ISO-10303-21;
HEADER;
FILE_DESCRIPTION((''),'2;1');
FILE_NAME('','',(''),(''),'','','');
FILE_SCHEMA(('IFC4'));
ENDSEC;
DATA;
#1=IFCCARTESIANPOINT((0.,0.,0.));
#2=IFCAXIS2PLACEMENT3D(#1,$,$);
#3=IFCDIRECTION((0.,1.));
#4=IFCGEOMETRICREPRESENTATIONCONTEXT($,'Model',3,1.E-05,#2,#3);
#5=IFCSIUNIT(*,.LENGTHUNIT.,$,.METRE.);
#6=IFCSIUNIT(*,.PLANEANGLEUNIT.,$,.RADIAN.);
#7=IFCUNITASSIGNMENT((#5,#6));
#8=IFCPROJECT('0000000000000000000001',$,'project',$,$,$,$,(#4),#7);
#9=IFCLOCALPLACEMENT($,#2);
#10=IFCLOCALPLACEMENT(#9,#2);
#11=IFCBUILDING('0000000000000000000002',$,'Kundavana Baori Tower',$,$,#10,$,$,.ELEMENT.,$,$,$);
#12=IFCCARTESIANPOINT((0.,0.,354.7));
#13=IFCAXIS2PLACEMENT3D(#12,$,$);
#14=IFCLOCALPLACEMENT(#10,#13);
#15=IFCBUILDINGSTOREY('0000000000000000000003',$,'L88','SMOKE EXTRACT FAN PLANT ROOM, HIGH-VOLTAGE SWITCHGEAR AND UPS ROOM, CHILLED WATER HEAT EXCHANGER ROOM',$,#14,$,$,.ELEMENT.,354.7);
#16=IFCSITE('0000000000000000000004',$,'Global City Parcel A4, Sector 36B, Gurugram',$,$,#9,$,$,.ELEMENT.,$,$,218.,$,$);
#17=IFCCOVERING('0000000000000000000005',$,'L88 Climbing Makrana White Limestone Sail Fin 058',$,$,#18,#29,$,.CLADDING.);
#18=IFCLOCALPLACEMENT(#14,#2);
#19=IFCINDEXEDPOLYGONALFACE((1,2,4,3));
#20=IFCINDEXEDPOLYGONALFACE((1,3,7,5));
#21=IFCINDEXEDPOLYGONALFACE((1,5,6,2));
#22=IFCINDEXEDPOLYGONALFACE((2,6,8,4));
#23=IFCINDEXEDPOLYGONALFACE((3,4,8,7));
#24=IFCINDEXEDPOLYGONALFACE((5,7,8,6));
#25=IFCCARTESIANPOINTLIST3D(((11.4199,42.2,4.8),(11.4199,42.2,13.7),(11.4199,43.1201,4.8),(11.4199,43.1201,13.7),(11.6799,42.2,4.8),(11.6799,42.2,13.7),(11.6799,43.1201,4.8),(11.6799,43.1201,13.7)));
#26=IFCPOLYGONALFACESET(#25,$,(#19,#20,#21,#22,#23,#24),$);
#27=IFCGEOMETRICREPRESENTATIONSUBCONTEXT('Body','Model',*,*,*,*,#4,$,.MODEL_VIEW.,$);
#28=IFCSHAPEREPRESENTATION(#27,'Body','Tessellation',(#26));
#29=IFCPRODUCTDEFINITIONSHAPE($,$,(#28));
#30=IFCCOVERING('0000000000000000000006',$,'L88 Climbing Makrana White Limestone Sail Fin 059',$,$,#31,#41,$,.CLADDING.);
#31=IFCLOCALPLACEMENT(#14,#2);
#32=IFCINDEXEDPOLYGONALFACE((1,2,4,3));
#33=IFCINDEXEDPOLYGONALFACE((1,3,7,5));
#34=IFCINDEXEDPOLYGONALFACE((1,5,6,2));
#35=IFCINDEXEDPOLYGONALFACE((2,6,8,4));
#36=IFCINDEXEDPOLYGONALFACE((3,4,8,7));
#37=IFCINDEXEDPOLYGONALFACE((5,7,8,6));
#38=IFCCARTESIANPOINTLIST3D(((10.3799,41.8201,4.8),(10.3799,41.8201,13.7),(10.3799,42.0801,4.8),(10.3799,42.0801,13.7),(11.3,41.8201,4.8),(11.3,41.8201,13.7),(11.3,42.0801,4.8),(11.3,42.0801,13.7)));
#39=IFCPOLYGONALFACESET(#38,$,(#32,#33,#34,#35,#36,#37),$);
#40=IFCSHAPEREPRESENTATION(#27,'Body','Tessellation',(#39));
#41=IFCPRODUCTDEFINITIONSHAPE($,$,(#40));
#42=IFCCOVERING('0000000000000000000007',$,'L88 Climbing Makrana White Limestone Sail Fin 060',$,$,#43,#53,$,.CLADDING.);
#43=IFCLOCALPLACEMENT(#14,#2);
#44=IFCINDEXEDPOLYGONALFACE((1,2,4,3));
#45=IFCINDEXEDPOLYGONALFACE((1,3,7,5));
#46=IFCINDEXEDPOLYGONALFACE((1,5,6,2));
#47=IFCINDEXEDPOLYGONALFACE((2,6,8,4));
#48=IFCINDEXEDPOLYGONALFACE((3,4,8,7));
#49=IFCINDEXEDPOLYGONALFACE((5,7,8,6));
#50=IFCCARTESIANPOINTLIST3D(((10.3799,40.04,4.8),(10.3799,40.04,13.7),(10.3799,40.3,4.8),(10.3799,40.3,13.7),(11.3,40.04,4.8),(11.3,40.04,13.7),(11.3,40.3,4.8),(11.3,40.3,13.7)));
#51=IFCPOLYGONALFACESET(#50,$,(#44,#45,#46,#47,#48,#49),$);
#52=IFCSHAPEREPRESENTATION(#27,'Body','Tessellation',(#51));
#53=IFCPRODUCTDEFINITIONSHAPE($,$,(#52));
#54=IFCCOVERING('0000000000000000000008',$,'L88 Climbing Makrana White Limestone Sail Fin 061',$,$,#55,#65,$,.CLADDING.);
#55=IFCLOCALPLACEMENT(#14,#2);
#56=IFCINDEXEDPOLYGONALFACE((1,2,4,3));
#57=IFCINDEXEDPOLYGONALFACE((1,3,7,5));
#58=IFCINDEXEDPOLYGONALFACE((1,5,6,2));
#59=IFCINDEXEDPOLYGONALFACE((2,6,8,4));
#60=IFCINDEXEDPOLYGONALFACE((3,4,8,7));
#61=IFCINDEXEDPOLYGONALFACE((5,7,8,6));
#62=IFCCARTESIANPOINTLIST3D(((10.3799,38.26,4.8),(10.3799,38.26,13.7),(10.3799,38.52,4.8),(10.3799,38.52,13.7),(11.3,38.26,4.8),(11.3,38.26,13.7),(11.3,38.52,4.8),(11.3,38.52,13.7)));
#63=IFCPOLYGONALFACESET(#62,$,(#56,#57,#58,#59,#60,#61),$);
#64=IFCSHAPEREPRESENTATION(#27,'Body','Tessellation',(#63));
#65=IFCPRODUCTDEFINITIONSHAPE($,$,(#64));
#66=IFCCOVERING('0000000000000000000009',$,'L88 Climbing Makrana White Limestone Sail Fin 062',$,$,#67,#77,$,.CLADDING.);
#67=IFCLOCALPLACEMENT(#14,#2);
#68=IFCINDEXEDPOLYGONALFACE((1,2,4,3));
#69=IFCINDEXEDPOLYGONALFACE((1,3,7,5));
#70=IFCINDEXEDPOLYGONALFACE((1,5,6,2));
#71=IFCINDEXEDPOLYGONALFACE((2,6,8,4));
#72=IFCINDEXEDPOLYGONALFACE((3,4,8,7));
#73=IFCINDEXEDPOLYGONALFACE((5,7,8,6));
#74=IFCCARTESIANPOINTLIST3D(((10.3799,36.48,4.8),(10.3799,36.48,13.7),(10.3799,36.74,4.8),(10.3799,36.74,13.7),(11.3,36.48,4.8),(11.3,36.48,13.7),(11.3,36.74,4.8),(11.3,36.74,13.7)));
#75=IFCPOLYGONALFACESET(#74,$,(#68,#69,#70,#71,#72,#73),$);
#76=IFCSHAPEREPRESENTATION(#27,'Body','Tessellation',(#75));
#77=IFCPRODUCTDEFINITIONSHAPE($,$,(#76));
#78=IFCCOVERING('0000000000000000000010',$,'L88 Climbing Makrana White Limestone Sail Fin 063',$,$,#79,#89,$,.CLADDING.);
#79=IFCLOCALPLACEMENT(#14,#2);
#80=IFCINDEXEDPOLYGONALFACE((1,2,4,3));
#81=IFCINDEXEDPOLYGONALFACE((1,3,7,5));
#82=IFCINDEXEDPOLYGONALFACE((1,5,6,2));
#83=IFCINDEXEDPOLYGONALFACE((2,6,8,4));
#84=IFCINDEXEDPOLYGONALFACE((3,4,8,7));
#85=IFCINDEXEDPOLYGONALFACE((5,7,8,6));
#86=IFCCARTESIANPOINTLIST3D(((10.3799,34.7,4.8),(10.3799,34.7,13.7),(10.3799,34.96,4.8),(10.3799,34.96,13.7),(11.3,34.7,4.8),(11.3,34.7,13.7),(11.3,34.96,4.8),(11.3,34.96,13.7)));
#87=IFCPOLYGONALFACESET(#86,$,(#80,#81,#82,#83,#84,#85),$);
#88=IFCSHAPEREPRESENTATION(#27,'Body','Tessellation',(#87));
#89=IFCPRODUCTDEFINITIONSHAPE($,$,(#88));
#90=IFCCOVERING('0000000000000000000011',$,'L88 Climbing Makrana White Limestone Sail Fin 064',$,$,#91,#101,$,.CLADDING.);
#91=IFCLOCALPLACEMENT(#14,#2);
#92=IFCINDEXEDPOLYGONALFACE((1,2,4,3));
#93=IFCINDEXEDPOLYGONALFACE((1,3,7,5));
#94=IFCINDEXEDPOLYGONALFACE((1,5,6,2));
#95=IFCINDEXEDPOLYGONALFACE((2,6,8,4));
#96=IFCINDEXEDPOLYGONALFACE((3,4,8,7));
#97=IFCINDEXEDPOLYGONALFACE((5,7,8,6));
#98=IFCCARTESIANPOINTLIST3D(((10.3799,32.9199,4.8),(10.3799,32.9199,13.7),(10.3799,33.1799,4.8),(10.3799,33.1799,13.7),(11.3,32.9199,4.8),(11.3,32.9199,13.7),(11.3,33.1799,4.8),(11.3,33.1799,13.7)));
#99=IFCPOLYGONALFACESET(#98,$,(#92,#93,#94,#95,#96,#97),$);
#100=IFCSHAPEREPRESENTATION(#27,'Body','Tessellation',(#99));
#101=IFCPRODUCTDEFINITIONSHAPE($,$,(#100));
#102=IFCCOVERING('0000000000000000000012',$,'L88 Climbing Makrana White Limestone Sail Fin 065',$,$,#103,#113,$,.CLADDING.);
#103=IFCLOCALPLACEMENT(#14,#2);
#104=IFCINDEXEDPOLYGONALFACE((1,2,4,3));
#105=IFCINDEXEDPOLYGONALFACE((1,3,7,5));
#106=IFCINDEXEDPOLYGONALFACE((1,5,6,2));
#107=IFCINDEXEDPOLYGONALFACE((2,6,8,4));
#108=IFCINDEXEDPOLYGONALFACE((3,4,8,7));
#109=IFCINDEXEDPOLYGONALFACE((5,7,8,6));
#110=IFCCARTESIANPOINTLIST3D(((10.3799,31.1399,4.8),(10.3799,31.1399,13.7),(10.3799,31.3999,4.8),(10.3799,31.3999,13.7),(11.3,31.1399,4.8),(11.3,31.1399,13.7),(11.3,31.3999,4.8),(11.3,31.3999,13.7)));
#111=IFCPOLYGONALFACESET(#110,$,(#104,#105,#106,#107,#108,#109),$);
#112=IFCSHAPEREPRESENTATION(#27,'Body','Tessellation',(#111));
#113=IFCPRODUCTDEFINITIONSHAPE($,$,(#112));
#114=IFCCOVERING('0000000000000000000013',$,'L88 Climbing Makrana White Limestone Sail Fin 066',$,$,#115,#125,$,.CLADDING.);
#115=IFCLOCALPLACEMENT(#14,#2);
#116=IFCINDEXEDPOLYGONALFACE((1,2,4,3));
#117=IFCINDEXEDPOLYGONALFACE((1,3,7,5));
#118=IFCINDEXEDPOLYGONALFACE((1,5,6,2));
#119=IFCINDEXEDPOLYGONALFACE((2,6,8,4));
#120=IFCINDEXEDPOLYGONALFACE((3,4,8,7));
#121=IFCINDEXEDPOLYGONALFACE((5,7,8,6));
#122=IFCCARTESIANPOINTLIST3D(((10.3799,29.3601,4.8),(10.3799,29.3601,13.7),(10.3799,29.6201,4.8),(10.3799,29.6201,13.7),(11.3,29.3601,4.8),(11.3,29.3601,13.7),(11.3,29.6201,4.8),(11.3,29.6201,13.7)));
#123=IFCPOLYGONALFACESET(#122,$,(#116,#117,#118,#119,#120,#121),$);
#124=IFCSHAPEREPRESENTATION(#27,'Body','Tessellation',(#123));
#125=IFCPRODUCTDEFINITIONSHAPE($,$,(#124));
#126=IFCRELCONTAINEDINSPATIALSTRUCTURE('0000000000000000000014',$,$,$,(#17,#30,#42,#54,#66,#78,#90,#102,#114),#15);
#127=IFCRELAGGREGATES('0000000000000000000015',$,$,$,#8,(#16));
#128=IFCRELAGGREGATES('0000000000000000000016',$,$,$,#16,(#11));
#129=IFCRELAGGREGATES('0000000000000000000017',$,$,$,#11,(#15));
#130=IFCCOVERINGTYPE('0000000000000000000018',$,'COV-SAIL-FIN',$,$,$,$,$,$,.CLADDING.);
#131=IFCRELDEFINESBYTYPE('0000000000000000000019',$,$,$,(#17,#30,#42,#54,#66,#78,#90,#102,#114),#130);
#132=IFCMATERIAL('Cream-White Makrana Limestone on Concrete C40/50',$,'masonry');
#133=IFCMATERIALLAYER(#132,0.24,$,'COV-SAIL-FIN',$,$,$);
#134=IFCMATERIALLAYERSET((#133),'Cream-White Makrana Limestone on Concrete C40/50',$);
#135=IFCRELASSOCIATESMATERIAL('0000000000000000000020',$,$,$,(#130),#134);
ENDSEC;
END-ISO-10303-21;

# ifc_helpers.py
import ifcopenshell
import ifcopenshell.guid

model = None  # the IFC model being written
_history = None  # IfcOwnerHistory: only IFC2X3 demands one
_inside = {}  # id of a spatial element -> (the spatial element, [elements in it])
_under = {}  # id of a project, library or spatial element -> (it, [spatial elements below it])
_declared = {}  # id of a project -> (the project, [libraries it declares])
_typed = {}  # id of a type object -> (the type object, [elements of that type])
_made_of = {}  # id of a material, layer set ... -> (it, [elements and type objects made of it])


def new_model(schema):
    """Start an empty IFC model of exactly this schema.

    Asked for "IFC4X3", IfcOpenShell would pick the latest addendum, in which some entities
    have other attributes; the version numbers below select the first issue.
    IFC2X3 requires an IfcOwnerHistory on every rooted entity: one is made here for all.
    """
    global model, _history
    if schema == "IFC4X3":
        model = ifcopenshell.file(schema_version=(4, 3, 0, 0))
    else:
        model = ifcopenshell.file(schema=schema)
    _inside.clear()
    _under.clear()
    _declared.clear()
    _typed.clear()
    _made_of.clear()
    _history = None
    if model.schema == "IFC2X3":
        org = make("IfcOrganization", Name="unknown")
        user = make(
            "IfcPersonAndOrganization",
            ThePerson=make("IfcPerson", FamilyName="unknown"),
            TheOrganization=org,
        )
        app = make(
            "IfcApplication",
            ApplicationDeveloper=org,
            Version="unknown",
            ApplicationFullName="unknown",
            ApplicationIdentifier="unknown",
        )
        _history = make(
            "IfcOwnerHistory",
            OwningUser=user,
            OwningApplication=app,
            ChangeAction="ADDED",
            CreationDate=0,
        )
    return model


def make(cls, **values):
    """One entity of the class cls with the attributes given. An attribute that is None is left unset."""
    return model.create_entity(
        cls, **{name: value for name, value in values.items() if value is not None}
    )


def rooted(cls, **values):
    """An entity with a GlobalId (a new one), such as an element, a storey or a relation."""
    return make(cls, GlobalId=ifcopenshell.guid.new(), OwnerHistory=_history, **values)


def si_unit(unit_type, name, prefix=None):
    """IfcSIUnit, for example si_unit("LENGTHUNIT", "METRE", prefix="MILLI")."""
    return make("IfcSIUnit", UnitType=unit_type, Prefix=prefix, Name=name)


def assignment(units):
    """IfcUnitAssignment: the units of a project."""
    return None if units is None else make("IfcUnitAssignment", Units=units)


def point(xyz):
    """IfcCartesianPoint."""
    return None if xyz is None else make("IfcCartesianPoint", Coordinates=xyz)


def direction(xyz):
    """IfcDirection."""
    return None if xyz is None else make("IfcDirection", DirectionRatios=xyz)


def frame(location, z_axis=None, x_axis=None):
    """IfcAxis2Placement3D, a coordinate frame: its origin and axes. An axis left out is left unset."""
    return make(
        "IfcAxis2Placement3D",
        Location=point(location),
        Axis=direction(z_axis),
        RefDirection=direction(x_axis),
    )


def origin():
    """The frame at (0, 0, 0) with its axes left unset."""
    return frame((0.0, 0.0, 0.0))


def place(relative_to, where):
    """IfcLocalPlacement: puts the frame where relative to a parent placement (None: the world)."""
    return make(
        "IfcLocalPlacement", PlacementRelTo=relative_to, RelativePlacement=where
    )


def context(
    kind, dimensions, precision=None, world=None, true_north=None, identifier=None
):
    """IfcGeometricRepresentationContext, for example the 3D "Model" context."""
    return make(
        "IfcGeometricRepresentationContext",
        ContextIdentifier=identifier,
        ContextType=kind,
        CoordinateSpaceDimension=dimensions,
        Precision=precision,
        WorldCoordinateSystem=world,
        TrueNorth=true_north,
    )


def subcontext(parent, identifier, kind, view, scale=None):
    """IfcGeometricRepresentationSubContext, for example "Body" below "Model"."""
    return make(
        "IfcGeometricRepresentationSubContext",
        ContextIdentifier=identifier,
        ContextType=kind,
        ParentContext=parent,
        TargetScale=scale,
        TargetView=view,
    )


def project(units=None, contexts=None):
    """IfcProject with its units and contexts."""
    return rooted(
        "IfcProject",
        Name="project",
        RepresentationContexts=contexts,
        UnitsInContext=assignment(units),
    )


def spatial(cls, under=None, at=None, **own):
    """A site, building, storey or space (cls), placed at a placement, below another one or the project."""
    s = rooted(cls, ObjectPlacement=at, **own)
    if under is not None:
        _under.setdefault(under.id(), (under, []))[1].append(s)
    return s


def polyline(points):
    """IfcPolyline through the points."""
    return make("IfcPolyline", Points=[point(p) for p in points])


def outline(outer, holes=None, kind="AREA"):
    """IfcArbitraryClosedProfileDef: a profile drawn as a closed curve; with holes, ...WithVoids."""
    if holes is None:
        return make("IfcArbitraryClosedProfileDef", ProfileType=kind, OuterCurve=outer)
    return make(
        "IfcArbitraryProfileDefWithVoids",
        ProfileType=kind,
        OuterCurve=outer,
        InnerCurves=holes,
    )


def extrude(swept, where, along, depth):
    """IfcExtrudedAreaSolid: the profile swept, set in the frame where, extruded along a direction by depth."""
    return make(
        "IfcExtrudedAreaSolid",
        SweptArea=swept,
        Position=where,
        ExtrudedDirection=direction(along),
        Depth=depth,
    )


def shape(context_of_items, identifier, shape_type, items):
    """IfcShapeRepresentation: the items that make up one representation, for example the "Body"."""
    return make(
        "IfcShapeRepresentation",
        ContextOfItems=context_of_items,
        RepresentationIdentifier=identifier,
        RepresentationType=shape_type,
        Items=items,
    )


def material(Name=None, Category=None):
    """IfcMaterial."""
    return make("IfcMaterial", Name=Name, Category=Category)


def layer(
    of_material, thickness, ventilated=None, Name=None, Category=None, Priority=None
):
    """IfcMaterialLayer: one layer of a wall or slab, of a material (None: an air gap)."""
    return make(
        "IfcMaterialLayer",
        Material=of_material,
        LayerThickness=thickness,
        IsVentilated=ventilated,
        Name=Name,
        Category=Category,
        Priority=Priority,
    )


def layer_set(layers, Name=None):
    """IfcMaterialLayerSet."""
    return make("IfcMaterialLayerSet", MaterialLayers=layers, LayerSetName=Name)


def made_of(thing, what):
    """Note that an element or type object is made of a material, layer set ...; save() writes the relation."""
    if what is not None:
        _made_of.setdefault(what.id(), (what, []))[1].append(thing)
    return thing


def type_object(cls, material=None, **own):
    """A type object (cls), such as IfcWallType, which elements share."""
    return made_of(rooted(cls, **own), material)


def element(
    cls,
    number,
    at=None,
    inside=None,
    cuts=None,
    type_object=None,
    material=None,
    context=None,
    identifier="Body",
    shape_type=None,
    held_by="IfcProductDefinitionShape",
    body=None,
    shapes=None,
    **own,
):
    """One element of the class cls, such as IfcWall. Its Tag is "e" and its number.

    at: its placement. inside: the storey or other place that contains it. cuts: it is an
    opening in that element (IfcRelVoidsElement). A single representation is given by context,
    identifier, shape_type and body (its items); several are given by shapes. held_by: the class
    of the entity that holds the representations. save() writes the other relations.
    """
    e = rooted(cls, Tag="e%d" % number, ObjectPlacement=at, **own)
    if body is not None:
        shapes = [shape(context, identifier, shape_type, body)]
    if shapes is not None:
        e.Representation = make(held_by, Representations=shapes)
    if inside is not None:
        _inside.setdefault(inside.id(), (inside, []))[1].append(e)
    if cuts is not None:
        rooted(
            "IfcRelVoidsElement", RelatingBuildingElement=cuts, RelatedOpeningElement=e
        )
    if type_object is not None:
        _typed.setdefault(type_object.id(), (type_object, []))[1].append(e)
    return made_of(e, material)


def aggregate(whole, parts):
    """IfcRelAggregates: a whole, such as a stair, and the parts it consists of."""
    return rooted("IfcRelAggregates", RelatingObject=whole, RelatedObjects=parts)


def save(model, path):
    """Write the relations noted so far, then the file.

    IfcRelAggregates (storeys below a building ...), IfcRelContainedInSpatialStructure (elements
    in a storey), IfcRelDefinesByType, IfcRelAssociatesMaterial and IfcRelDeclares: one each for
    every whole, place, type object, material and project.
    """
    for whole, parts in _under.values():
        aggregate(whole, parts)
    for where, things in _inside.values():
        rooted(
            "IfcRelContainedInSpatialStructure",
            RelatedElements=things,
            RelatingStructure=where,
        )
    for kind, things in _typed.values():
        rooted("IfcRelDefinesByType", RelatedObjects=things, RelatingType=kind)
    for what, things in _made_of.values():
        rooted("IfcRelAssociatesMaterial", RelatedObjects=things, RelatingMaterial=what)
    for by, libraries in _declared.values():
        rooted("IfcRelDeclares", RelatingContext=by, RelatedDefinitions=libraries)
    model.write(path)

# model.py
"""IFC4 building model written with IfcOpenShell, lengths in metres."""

from ifc_helpers import new_model, si_unit, direction, frame, origin, place, context, subcontext, project, spatial, polyline, outline, extrude, material, layer, layer_set, type_object, element, save


model = new_model("IFC4")

# Units and contexts
model_context = context("Model", 3, precision=1e-05, world=origin(), true_north=direction((0.0, 1.0)))
body_context = subcontext(model_context, "Body", "Model", "MODEL_VIEW")
ifc_project = project(units=[si_unit("LENGTHUNIT", "METRE"), si_unit("PLANEANGLEUNIT", "RADIAN")], contexts=[model_context])

# Site, building, storey
site_placement = place(None, origin())
site = spatial("IfcSite", under=ifc_project, at=site_placement, Name="Global City Parcel A4, Sector 36B, Gurugram", CompositionType="ELEMENT", RefElevation=218.0)
building_placement = place(site_placement, origin())
building = spatial("IfcBuilding", under=site, at=building_placement, Name="Kundavana Baori Tower", CompositionType="ELEMENT")
storey_placement = place(building_placement, frame((0.0, 0.0, 354.7)))
storey = spatial("IfcBuildingStorey", under=building, at=storey_placement, Name="L88", Description="SMOKE EXTRACT FAN PLANT ROOM, HIGH-VOLTAGE SWITCHGEAR AND UPS ROOM, CHILLED WATER HEAT EXCHANGER ROOM", CompositionType="ELEMENT", Elevation=354.7)

# Coverings
ifc_material = material(Name="Cream-White Makrana Limestone on Concrete C40/50", Category="masonry")
ifc_layer = layer(ifc_material, 0.24, Name="COV-SAIL-FIN")
ifc_layer_set = layer_set([ifc_layer], Name="Cream-White Makrana Limestone on Concrete C40/50")
covering_type = type_object("IfcCoveringType", Name="COV-SAIL-FIN", PredefinedType="CLADDING", material=ifc_layer_set)
covering_1_placement = place(storey_placement, frame((0.0, 0.0, 4.8)))
element("IfcCovering", 1, at=covering_1_placement, inside=storey, type_object=covering_type, Name="L88 Climbing Makrana White Limestone Sail Fin 058", PredefinedType="CLADDING", context=body_context, shape_type="SweptSolid", body=[
    extrude(outline(polyline([(11.4199, 42.2), (11.6799, 42.2), (11.6799, 43.1201), (11.4199, 43.1201), (11.4199, 42.2)])), origin(), (0.0, 0.0, 1.0), 8.8999),
])
covering_2_placement = place(storey_placement, frame((0.0, 0.0, 4.8)))
element("IfcCovering", 2, at=covering_2_placement, inside=storey, type_object=covering_type, Name="L88 Climbing Makrana White Limestone Sail Fin 059", PredefinedType="CLADDING", context=body_context, shape_type="SweptSolid", body=[
    extrude(outline(polyline([(10.3799, 41.8201), (11.3, 41.8201), (11.3, 42.0801), (10.3799, 42.0801), (10.3799, 41.8201)])), origin(), (0.0, 0.0, 1.0), 8.8999),
])
covering_3_placement = place(storey_placement, frame((0.0, 0.0, 4.8)))
element("IfcCovering", 3, at=covering_3_placement, inside=storey, type_object=covering_type, Name="L88 Climbing Makrana White Limestone Sail Fin 060", PredefinedType="CLADDING", context=body_context, shape_type="SweptSolid", body=[
    extrude(outline(polyline([(10.3799, 40.04), (11.3, 40.04), (11.3, 40.3), (10.3799, 40.3), (10.3799, 40.04)])), origin(), (0.0, 0.0, 1.0), 8.8999),
])
covering_4_placement = place(storey_placement, frame((0.0, 0.0, 4.8)))
element("IfcCovering", 4, at=covering_4_placement, inside=storey, type_object=covering_type, Name="L88 Climbing Makrana White Limestone Sail Fin 061", PredefinedType="CLADDING", context=body_context, shape_type="SweptSolid", body=[
    extrude(outline(polyline([(10.3799, 38.26), (11.3, 38.26), (11.3, 38.52), (10.3799, 38.52), (10.3799, 38.26)])), origin(), (0.0, 0.0, 1.0), 8.8999),
])
covering_5_placement = place(storey_placement, frame((0.0, 0.0, 4.8)))
element("IfcCovering", 5, at=covering_5_placement, inside=storey, type_object=covering_type, Name="L88 Climbing Makrana White Limestone Sail Fin 062", PredefinedType="CLADDING", context=body_context, shape_type="SweptSolid", body=[
    extrude(outline(polyline([(10.3799, 36.48), (11.3, 36.48), (11.3, 36.74), (10.3799, 36.74), (10.3799, 36.48)])), origin(), (0.0, 0.0, 1.0), 8.8999),
])
covering_6_placement = place(storey_placement, frame((0.0, 0.0, 4.8)))
element("IfcCovering", 6, at=covering_6_placement, inside=storey, type_object=covering_type, Name="L88 Climbing Makrana White Limestone Sail Fin 063", PredefinedType="CLADDING", context=body_context, shape_type="SweptSolid", body=[
    extrude(outline(polyline([(10.3799, 34.7), (11.3, 34.7), (11.3, 34.96), (10.3799, 34.96), (10.3799, 34.7)])), origin(), (0.0, 0.0, 1.0), 8.8999),
])
covering_7_placement = place(storey_placement, frame((0.0, 0.0, 4.8)))
element("IfcCovering", 7, at=covering_7_placement, inside=storey, type_object=covering_type, Name="L88 Climbing Makrana White Limestone Sail Fin 064", PredefinedType="CLADDING", context=body_context, shape_type="SweptSolid", body=[
    extrude(outline(polyline([(10.3799, 32.9199), (11.3, 32.9199), (11.3, 33.1799), (10.3799, 33.1799), (10.3799, 32.9199)])), origin(), (0.0, 0.0, 1.0), 8.8999),
])
covering_8_placement = place(storey_placement, frame((0.0, 0.0, 4.8)))
element("IfcCovering", 8, at=covering_8_placement, inside=storey, type_object=covering_type, Name="L88 Climbing Makrana White Limestone Sail Fin 065", PredefinedType="CLADDING", context=body_context, shape_type="SweptSolid", body=[
    extrude(outline(polyline([(10.3799, 31.1399), (11.3, 31.1399), (11.3, 31.3999), (10.3799, 31.3999), (10.3799, 31.1399)])), origin(), (0.0, 0.0, 1.0), 8.8999),
])
covering_9_placement = place(storey_placement, frame((0.0, 0.0, 4.8)))
element("IfcCovering", 9, at=covering_9_placement, inside=storey, type_object=covering_type, Name="L88 Climbing Makrana White Limestone Sail Fin 066", PredefinedType="CLADDING", context=body_context, shape_type="SweptSolid", body=[
    extrude(outline(polyline([(10.3799, 29.3601), (11.3, 29.3601), (11.3, 29.6201), (10.3799, 29.6201), (10.3799, 29.3601)])), origin(), (0.0, 0.0, 1.0), 8.8999),
])

save(model, "model.ifc")
